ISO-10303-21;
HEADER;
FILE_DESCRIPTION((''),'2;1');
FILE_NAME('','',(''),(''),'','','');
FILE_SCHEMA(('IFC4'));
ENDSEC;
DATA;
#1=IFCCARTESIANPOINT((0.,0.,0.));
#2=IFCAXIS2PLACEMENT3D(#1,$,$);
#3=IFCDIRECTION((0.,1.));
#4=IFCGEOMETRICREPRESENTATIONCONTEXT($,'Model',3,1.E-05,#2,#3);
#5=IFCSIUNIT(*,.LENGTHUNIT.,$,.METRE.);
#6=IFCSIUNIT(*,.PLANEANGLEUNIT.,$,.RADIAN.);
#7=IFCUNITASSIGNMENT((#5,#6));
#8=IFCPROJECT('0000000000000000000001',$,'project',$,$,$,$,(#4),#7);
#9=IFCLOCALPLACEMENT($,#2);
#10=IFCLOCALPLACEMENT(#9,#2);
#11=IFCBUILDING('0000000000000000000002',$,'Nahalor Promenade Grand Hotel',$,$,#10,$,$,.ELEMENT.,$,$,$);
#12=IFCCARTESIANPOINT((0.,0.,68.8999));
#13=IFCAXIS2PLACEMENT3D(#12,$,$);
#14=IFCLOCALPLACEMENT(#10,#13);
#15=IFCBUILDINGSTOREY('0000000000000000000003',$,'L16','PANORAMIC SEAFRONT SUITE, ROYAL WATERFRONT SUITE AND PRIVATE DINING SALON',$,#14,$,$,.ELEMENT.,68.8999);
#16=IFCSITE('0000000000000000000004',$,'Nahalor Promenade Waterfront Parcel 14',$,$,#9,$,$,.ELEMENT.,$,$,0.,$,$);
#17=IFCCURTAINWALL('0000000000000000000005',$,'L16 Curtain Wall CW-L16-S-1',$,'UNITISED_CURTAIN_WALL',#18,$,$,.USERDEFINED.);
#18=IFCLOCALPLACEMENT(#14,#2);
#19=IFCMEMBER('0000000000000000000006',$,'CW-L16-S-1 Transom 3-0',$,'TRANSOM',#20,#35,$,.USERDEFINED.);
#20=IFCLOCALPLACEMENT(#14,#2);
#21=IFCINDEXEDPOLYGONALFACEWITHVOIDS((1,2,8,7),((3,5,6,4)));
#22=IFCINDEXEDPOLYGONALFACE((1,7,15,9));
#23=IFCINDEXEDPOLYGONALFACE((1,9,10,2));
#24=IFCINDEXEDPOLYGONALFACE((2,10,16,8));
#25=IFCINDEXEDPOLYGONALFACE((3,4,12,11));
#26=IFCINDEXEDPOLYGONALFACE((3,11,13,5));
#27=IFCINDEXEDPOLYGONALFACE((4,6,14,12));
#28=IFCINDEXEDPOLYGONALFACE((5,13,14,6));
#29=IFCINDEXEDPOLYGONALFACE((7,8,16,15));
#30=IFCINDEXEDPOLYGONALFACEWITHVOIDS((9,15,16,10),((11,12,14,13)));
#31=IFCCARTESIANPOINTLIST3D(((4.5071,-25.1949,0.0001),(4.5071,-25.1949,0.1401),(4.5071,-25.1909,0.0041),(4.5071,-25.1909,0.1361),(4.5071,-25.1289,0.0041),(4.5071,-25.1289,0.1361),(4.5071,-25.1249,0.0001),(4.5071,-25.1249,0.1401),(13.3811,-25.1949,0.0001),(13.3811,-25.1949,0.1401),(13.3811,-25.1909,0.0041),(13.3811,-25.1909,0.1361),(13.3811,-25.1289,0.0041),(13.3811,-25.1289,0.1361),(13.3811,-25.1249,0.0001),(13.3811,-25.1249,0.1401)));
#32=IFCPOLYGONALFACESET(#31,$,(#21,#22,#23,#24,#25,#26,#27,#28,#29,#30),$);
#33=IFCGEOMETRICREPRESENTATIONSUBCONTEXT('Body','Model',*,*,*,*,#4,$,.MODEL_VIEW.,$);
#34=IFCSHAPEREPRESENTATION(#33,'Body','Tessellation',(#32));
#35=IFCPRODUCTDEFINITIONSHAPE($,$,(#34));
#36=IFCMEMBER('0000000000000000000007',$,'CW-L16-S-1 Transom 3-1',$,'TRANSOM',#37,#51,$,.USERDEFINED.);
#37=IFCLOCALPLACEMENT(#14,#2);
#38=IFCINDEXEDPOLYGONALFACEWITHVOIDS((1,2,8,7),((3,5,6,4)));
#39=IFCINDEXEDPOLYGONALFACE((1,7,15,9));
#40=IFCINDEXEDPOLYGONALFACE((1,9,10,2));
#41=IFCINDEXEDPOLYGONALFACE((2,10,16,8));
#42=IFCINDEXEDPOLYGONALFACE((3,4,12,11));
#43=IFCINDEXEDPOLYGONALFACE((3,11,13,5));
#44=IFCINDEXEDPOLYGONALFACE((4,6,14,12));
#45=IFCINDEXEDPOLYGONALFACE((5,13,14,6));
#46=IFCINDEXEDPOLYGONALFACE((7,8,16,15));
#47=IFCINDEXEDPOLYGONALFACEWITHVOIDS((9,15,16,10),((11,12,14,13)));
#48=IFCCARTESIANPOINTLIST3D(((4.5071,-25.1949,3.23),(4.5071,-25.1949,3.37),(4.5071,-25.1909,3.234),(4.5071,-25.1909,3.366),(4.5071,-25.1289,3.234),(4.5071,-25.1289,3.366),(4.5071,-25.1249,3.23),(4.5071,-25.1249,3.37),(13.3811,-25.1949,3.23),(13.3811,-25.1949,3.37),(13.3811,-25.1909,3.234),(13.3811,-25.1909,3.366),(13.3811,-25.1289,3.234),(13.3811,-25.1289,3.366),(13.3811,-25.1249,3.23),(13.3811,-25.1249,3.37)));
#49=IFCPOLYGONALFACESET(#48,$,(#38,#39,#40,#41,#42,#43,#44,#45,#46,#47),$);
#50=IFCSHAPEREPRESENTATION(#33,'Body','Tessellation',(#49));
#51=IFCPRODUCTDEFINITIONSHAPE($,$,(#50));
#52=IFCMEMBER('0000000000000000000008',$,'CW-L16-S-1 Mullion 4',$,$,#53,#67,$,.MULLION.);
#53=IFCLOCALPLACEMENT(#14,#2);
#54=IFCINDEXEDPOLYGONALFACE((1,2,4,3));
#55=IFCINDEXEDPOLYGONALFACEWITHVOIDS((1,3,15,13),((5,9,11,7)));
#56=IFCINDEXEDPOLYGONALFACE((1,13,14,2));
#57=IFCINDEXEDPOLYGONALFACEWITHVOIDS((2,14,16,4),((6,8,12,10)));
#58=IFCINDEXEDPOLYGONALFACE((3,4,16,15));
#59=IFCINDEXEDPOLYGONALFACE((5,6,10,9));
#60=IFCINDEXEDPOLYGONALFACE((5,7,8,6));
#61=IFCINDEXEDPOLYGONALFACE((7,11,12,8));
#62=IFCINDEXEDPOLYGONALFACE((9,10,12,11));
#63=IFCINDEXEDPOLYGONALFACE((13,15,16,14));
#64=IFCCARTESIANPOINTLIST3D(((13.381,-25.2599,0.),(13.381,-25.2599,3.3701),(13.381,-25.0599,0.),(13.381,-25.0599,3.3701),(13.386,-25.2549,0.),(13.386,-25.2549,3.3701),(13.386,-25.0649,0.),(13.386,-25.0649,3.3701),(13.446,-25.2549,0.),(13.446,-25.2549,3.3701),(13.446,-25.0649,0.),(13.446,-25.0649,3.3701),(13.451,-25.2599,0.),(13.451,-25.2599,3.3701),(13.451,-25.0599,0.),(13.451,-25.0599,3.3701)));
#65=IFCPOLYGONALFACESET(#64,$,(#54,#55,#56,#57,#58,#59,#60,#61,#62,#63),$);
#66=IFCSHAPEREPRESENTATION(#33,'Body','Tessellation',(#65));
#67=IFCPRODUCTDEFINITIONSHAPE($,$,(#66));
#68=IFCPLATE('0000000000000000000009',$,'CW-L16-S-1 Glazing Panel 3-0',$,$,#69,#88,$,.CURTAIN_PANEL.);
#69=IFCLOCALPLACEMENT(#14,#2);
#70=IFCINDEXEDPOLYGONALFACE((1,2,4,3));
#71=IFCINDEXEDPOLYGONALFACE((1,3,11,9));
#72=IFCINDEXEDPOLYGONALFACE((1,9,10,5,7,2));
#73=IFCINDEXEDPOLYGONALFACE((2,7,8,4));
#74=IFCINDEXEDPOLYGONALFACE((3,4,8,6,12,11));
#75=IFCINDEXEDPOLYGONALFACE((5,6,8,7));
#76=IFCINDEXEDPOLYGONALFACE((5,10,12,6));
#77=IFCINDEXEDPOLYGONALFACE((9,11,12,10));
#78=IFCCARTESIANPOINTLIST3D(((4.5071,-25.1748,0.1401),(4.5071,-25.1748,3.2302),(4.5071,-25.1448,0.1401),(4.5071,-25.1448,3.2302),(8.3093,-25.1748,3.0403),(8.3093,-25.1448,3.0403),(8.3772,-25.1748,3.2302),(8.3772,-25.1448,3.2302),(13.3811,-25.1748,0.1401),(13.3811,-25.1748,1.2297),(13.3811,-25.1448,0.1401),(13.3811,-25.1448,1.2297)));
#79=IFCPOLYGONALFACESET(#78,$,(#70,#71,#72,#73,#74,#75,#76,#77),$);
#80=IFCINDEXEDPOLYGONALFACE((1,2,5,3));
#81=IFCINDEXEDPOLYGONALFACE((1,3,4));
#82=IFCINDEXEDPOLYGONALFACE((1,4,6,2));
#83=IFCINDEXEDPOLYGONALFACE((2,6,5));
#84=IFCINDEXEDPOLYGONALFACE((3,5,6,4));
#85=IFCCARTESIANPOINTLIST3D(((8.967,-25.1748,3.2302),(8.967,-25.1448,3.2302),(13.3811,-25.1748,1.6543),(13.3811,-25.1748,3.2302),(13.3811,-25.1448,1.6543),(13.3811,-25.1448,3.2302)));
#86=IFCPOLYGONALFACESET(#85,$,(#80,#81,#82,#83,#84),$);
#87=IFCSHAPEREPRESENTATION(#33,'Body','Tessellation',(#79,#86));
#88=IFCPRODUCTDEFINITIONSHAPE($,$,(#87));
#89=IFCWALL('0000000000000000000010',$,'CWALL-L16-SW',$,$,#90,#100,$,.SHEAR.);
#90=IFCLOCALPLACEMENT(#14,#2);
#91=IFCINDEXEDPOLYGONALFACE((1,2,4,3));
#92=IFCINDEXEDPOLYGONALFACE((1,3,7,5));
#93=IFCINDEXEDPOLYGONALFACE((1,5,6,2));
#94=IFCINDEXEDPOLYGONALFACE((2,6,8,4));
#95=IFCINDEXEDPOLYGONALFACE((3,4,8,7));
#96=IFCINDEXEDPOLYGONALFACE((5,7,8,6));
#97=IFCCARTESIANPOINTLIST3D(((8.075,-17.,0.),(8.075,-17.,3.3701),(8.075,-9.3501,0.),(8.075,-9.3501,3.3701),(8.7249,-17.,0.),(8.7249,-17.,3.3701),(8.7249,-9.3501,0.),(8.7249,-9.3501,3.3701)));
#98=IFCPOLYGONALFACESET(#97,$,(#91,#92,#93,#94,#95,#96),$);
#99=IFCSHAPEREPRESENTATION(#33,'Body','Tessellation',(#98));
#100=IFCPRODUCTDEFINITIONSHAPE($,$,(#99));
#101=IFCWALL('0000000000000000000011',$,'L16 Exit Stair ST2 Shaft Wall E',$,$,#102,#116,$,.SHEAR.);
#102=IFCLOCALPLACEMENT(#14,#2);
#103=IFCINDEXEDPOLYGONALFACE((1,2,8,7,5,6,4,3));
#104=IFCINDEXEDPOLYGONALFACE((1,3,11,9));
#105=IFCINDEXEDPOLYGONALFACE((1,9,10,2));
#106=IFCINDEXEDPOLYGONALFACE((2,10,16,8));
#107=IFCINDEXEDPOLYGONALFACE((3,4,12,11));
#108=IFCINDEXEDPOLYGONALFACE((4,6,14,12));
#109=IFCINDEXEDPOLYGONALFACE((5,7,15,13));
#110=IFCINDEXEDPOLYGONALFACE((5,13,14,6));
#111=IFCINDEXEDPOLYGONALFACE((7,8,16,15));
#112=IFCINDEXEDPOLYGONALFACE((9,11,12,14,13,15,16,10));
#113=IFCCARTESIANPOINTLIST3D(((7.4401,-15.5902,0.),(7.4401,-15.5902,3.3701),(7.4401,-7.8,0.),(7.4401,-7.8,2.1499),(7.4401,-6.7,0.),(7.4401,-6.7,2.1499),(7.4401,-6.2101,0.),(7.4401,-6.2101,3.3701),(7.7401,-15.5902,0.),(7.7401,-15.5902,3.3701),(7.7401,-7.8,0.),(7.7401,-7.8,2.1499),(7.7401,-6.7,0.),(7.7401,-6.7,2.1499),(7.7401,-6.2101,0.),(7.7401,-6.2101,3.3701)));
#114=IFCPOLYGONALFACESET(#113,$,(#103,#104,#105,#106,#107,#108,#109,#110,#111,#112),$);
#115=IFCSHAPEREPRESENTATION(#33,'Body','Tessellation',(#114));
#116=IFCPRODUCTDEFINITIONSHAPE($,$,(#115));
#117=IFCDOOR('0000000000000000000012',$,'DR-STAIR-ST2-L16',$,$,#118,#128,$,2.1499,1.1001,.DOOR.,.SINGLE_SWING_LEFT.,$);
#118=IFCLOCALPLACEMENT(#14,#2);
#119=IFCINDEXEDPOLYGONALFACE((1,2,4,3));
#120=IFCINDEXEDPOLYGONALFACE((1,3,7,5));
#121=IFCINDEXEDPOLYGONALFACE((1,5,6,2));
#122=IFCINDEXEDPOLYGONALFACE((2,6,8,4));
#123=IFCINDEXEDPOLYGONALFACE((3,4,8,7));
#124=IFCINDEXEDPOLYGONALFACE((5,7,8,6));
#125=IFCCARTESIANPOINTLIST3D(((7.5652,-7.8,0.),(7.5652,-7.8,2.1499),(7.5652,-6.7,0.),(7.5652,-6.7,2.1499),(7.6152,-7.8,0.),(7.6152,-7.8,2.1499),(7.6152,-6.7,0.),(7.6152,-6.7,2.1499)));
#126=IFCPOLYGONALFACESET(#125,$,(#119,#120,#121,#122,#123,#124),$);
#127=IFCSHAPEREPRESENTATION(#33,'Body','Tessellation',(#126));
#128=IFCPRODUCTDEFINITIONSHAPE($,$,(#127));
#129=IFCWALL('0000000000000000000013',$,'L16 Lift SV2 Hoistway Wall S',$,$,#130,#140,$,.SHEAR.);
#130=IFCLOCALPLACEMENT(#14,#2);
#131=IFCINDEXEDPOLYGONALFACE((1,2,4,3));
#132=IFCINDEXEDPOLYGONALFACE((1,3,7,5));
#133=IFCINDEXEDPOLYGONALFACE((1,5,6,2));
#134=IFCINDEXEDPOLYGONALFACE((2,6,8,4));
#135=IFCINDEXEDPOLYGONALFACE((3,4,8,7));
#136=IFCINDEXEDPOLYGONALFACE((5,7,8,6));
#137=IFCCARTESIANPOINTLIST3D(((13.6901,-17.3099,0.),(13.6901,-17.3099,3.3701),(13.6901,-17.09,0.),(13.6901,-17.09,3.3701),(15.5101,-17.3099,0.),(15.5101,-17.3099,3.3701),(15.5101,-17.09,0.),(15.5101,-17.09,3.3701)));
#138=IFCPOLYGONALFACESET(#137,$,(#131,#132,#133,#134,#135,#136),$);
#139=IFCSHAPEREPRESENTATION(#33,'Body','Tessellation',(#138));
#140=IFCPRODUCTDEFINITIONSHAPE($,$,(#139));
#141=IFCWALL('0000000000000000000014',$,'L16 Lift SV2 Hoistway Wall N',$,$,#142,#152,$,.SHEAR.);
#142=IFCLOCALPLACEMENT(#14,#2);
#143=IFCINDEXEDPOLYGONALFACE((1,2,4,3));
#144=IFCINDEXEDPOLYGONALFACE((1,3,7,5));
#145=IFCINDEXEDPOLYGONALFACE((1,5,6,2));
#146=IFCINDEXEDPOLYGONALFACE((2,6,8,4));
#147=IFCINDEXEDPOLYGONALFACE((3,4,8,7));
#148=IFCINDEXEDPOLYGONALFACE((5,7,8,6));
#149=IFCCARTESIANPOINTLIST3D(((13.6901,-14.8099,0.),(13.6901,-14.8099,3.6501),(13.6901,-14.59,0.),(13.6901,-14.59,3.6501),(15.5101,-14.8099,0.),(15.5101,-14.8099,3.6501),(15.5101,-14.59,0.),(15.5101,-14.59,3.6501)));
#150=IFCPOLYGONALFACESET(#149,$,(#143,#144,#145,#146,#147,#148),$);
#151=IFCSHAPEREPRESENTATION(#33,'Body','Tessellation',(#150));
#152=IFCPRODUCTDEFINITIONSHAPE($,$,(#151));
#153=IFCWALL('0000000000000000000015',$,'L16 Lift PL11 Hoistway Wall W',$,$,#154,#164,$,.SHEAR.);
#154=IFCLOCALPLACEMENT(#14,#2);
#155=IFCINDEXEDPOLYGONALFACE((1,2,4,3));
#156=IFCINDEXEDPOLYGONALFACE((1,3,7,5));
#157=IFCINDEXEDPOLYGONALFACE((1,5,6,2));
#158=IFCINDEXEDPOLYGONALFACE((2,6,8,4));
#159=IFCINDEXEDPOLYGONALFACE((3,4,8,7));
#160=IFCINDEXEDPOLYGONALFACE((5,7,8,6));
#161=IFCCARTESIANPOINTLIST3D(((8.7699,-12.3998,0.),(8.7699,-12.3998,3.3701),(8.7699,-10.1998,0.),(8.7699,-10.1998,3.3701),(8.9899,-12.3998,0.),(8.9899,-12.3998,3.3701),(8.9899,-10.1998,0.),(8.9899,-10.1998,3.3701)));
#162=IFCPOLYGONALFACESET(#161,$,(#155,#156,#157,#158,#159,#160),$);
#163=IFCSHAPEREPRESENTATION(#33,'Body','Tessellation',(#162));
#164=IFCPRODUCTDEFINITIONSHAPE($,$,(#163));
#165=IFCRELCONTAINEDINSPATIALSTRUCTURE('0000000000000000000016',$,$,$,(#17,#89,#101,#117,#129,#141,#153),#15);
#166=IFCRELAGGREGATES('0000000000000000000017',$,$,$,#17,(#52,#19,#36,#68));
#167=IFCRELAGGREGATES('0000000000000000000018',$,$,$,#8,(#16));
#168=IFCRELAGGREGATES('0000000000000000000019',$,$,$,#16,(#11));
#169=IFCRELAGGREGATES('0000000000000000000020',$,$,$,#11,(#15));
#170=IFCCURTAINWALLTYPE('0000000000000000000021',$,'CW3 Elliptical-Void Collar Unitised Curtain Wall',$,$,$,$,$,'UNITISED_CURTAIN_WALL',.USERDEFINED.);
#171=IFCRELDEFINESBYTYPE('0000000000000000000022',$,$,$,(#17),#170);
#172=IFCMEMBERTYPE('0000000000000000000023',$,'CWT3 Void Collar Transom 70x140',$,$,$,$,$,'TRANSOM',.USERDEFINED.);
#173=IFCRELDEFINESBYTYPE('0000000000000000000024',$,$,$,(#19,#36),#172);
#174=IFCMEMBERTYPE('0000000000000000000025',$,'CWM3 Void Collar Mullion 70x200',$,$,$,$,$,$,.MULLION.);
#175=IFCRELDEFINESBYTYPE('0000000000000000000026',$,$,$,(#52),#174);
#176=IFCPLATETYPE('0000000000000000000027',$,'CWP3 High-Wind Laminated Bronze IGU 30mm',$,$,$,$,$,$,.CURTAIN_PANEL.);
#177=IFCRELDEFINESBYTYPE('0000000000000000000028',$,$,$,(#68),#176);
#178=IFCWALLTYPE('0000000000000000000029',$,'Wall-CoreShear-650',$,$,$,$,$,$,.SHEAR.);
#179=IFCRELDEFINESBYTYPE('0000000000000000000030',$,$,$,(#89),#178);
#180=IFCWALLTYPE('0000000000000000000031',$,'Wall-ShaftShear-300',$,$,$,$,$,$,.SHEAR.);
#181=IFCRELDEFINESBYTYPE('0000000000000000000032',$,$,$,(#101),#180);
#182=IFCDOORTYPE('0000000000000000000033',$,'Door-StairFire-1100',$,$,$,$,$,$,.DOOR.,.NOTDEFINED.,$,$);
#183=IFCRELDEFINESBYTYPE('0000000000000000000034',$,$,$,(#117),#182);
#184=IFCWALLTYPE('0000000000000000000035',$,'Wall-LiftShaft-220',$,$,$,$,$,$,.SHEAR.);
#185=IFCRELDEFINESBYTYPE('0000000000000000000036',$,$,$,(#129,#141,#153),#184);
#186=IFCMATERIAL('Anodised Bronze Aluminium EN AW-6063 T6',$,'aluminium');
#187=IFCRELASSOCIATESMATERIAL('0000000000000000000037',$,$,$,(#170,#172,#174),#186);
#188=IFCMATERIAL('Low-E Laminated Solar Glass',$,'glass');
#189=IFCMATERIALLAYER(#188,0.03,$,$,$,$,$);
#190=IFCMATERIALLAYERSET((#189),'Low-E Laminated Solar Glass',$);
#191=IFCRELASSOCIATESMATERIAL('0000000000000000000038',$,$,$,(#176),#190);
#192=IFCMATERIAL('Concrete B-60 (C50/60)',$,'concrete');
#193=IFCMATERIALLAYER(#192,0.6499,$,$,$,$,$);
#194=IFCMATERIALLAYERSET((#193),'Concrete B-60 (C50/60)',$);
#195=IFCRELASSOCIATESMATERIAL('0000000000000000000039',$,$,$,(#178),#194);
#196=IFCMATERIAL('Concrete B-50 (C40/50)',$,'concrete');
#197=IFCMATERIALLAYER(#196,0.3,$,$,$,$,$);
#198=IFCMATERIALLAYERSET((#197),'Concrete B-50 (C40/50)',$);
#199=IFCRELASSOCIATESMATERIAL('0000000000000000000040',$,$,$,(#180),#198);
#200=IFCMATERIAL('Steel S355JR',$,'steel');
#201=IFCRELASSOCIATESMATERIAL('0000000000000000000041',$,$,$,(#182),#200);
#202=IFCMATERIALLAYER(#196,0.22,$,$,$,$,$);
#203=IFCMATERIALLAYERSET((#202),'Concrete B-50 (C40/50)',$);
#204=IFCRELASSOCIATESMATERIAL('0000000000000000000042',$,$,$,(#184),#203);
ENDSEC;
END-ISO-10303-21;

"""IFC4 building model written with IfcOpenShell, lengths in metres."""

from ifc_helpers import new_model, si_unit, direction, frame, frame_2d, origin, origin_2d, place, context, subcontext, project, spatial, polyline, rectangle, hollow_rectangle, outline, extrude, source, transform, mapped, material, layer, layer_set, material_profile, profile_set, type_object, element, fill, aggregate, save


model = new_model("IFC4")

# Units and contexts
model_context = context("Model", 3, precision=1e-05, world=origin(), true_north=direction((0.0, 1.0)))
body_context = subcontext(model_context, "Body", "Model", "MODEL_VIEW")
ifc_project = project(units=[si_unit("LENGTHUNIT", "METRE"), si_unit("PLANEANGLEUNIT", "RADIAN")], contexts=[model_context])

# Site, building, storey
site_placement = place(None, origin())
site = spatial("IfcSite", under=ifc_project, at=site_placement, Name="Nahalor Promenade Waterfront Parcel 14", CompositionType="ELEMENT", RefElevation=0.0)
building_placement = place(site_placement, origin())
building = spatial("IfcBuilding", under=site, at=building_placement, Name="Nahalor Promenade Grand Hotel", CompositionType="ELEMENT")
storey_placement = place(building_placement, frame((0.0, 0.0, 68.8999)))
storey = spatial("IfcBuildingStorey", under=building, at=storey_placement, Name="L16", Description="PANORAMIC SEAFRONT SUITE, ROYAL WATERFRONT SUITE AND PRIVATE DINING SALON", CompositionType="ELEMENT", Elevation=68.8999)

# Shared definitions
ifc_material_1 = material(Name="Steel S355JR", Category="steel")

# Curtain wall, members, plate
ifc_material_2 = material(Name="Anodised Bronze Aluminium EN AW-6063 T6", Category="aluminium")
curtain_wall_type = type_object("IfcCurtainWallType", Name="CW3 Elliptical-Void Collar Unitised Curtain Wall", ElementType="UNITISED_CURTAIN_WALL", PredefinedType="USERDEFINED", material=ifc_material_2)
curtain_wall_placement = place(storey_placement, origin())
curtain_wall = element("IfcCurtainWall", 1, at=curtain_wall_placement, inside=storey, type_object=curtain_wall_type, Name="L16 Curtain Wall CW-L16-S-1", ObjectType="UNITISED_CURTAIN_WALL", PredefinedType="USERDEFINED")
ifc_material_profile_1 = material_profile(ifc_material_2, hollow_rectangle(XDim=0.07, YDim=0.14, WallThickness=0.004, at=origin_2d()), Name="CWT 70x140x4")
ifc_profile_set_1 = profile_set([ifc_material_profile_1], Name="Anodised Bronze Aluminium EN AW-6063 T6")
member_type_1 = type_object("IfcMemberType", Name="CWT3 Void Collar Transom 70x140", ElementType="TRANSOM", PredefinedType="USERDEFINED", material=ifc_profile_set_1)
shared_shape_1 = source(origin(), body_context, "Body", "SweptSolid", [
    extrude(hollow_rectangle(XDim=0.07, YDim=0.14, WallThickness=0.004, at=origin_2d()), origin(), (0.0, 0.0, 1.0), 8.874),
])
member_1_placement = place(storey_placement, frame((4.5071, -25.1599, 0.0701), z_axis=(1.0, 0.0, 0.0), x_axis=(0.0, 1.0, 0.0)))
member_1 = element("IfcMember", 2, at=member_1_placement, type_object=member_type_1, Name="CW-L16-S-1 Transom 3-0", ObjectType="TRANSOM", PredefinedType="USERDEFINED", context=body_context, shape_type="MappedRepresentation", body=[
    mapped(shared_shape_1, transform((0.0, 0.0, 0.0), scale=1.0)),
])
member_2_placement = place(storey_placement, frame((4.5071, -25.1599, 3.3), z_axis=(1.0, 0.0, 0.0), x_axis=(0.0, 1.0, 0.0)))
member_2 = element("IfcMember", 3, at=member_2_placement, type_object=member_type_1, Name="CW-L16-S-1 Transom 3-1", ObjectType="TRANSOM", PredefinedType="USERDEFINED", context=body_context, shape_type="MappedRepresentation", body=[
    mapped(shared_shape_1, transform((0.0, 0.0, 0.0), scale=1.0)),
])
ifc_material_profile_2 = material_profile(ifc_material_2, hollow_rectangle(XDim=0.07, YDim=0.2, WallThickness=0.005, at=origin_2d()), Name="CWM 70x200x5")
ifc_profile_set_2 = profile_set([ifc_material_profile_2], Name="Anodised Bronze Aluminium EN AW-6063 T6")
member_type_2 = type_object("IfcMemberType", Name="CWM3 Void Collar Mullion 70x200", PredefinedType="MULLION", material=ifc_profile_set_2)
shared_shape_2 = source(origin(), body_context, "Body", "SweptSolid", [
    extrude(hollow_rectangle(XDim=0.07, YDim=0.2, WallThickness=0.005, at=origin_2d()), origin(), (0.0, 0.0, 1.0), 3.3701),
])
member_3_placement = place(storey_placement, frame((13.416, -25.1599, 0.0), z_axis=(0.0, 0.0, 1.0), x_axis=(1.0, 0.0, 0.0)))
member_3 = element("IfcMember", 4, at=member_3_placement, type_object=member_type_2, Name="CW-L16-S-1 Mullion 4", PredefinedType="MULLION", context=body_context, shape_type="MappedRepresentation", body=[
    mapped(shared_shape_2, transform((0.0, 0.0, 0.0), scale=1.0)),
])
ifc_material_3 = material(Name="Low-E Laminated Solar Glass", Category="glass")
ifc_layer_1 = layer(ifc_material_3, 0.03)
ifc_layer_set_1 = layer_set([ifc_layer_1], Name="Low-E Laminated Solar Glass")
plate_type = type_object("IfcPlateType", Name="CWP3 High-Wind Laminated Bronze IGU 30mm", PredefinedType="CURTAIN_PANEL", material=ifc_layer_set_1)
plate_placement = place(storey_placement, frame((8.9441, -25.1599, 0.1401), z_axis=(0.0, 0.0, 1.0), x_axis=(1.0, 0.0, 0.0)))
plate = element("IfcPlate", 5, at=plate_placement, type_object=plate_type, Name="CW-L16-S-1 Glazing Panel 3-0", PredefinedType="CURTAIN_PANEL", context=body_context, shape_type="SweptSolid", body=[
    extrude(outline(polyline([(-4.437, 0.0), (4.437, 0.0), (4.437, 1.0896), (-0.6348, 2.9001), (-0.5669, 3.0901), (-4.437, 3.0901), (-4.437, 0.0)])), frame((0.0, 0.0151, 0.0), z_axis=(0.0, -1.0, 0.0), x_axis=(1.0, 0.0, 0.0)), (0.0, 0.0, 1.0), 0.03),
    extrude(outline(polyline([(4.437, 1.5142), (4.437, 3.0901), (0.0229, 3.0901), (4.437, 1.5142)])), frame((0.0, 0.0151, 0.0), z_axis=(0.0, -1.0, 0.0), x_axis=(1.0, 0.0, 0.0)), (0.0, 0.0, 1.0), 0.03),
])
aggregate(curtain_wall, [member_3, member_1, member_2, plate])

# Wall
ifc_material_4 = material(Name="Concrete B-60 (C50/60)", Category="concrete")
ifc_layer_2 = layer(ifc_material_4, 0.6499)
ifc_layer_set_2 = layer_set([ifc_layer_2], Name="Concrete B-60 (C50/60)")
wall_type_1 = type_object("IfcWallType", Name="Wall-CoreShear-650", PredefinedType="SHEAR", material=ifc_layer_set_2)
shared_shape_3 = source(origin(), body_context, "Body", "SweptSolid", [
    extrude(rectangle(XDim=7.6499, YDim=0.6499, at=frame_2d((3.825, 0.0))), origin(), (0.0, 0.0, 1.0), 3.3701),
])
wall_1_placement = place(storey_placement, frame((8.3999, -17.0, 0.0), z_axis=(0.0, 0.0, 1.0), x_axis=(0.0, 1.0, 0.0)))
element("IfcWall", 6, at=wall_1_placement, inside=storey, type_object=wall_type_1, Name="CWALL-L16-SW", PredefinedType="SHEAR", context=body_context, shape_type="MappedRepresentation", body=[
    mapped(shared_shape_3, transform((0.0, 0.0, 0.0), scale=1.0)),
])

# Wall, opening, door
ifc_material_5 = material(Name="Concrete B-50 (C40/50)", Category="concrete")
ifc_layer_3 = layer(ifc_material_5, 0.3)
ifc_layer_set_3 = layer_set([ifc_layer_3], Name="Concrete B-50 (C40/50)")
wall_type_2 = type_object("IfcWallType", Name="Wall-ShaftShear-300", PredefinedType="SHEAR", material=ifc_layer_set_3)
shared_shape_4 = source(origin(), body_context, "Body", "SweptSolid", [
    extrude(rectangle(XDim=9.3801, YDim=0.3, at=frame_2d((4.6899, 0.0))), origin(), (0.0, 0.0, 1.0), 3.3701),
])
wall_2_placement = place(storey_placement, frame((7.5901, -15.5901, 0.0), z_axis=(0.0, 0.0, 1.0), x_axis=(0.0, 1.0, 0.0)))
wall_2 = element("IfcWall", 7, at=wall_2_placement, inside=storey, type_object=wall_type_2, Name="L16 Exit Stair ST2 Shaft Wall E", PredefinedType="SHEAR", context=body_context, shape_type="MappedRepresentation", body=[
    mapped(shared_shape_4, transform((0.0, 0.0, 0.0), scale=1.0)),
])
opening_1_placement = place(wall_2_placement, frame((7.79, 0.0, 0.0)))
opening_1 = element("IfcOpeningElement", 8, at=opening_1_placement, cuts=wall_2, PredefinedType="OPENING", context=body_context, shape_type="SweptSolid", body=[
    extrude(rectangle(XDim=1.1001, YDim=2.1499, at=frame_2d((0.55, 1.075))), frame((0.0, 0.1599, 0.0), z_axis=(0.0, -1.0, 0.0), x_axis=(1.0, 0.0, 0.0)), (0.0, 0.0, 1.0), 0.3201),
])
door_type_1 = type_object("IfcDoorType", Name="Door-StairFire-1100", OperationType="NOTDEFINED", PredefinedType="DOOR", material=ifc_material_1)
shared_shape_5 = source(origin(), body_context, "Body", "SweptSolid", [
    extrude(rectangle(XDim=1.1001, YDim=2.1499, at=frame_2d((0.55, 1.075))), frame((0.0, 0.0249, 0.0), z_axis=(0.0, -1.0, 0.0), x_axis=(1.0, 0.0, 0.0)), (0.0, 0.0, 1.0), 0.05),
])
door_1_placement = place(opening_1_placement, origin())
door_1 = element("IfcDoor", 9, at=door_1_placement, inside=storey, type_object=door_type_1, Name="DR-STAIR-ST2-L16", OperationType="SINGLE_SWING_LEFT", OverallHeight=2.1499, OverallWidth=1.1001, PredefinedType="DOOR", context=body_context, shape_type="MappedRepresentation", body=[
    mapped(shared_shape_5, transform((0.0, 0.0, 0.0), scale=1.0)),
])
fill(opening_1, door_1)

# Walls
ifc_layer_4 = layer(ifc_material_5, 0.22)
ifc_layer_set_4 = layer_set([ifc_layer_4], Name="Concrete B-50 (C40/50)")
wall_type_3 = type_object("IfcWallType", Name="Wall-LiftShaft-220", PredefinedType="SHEAR", material=ifc_layer_set_4)
shared_shape_6 = source(origin(), body_context, "Body", "SweptSolid", [
    extrude(rectangle(XDim=1.8201, YDim=0.22, at=frame_2d((0.9102, 0.0))), origin(), (0.0, 0.0, 1.0), 3.3701),
])
wall_3_placement = place(storey_placement, frame((13.6899, -17.2, 0.0), z_axis=(0.0, 0.0, 1.0), x_axis=(1.0, 0.0, 0.0)))
element("IfcWall", 10, at=wall_3_placement, inside=storey, type_object=wall_type_3, Name="L16 Lift SV2 Hoistway Wall S", PredefinedType="SHEAR", context=body_context, shape_type="MappedRepresentation", body=[
    mapped(shared_shape_6, transform((0.0, 0.0, 0.0), scale=1.0)),
])
shared_shape_7 = source(origin(), body_context, "Body", "SweptSolid", [
    extrude(rectangle(XDim=1.8201, YDim=0.22, at=frame_2d((0.9102, 0.0))), origin(), (0.0, 0.0, 1.0), 3.6501),
])
wall_4_placement = place(storey_placement, frame((13.6899, -14.7, 0.0), z_axis=(0.0, 0.0, 1.0), x_axis=(1.0, 0.0, 0.0)))
element("IfcWall", 11, at=wall_4_placement, inside=storey, type_object=wall_type_3, Name="L16 Lift SV2 Hoistway Wall N", PredefinedType="SHEAR", context=body_context, shape_type="MappedRepresentation", body=[
    mapped(shared_shape_7, transform((0.0, 0.0, 0.0), scale=1.0)),
])
shared_shape_8 = source(origin(), body_context, "Body", "SweptSolid", [
    extrude(rectangle(XDim=2.2, YDim=0.22, at=frame_2d((1.1001, 0.0))), origin(), (0.0, 0.0, 1.0), 3.3701),
])
wall_5_placement = place(storey_placement, frame((8.8799, -12.3999, 0.0), z_axis=(0.0, 0.0, 1.0), x_axis=(0.0, 1.0, 0.0)))
element("IfcWall", 12, at=wall_5_placement, inside=storey, type_object=wall_type_3, Name="L16 Lift PL11 Hoistway Wall W", PredefinedType="SHEAR", context=body_context, shape_type="MappedRepresentation", body=[
    mapped(shared_shape_8, transform((0.0, 0.0, 0.0), scale=1.0)),
])

save(model, "model.ifc")
